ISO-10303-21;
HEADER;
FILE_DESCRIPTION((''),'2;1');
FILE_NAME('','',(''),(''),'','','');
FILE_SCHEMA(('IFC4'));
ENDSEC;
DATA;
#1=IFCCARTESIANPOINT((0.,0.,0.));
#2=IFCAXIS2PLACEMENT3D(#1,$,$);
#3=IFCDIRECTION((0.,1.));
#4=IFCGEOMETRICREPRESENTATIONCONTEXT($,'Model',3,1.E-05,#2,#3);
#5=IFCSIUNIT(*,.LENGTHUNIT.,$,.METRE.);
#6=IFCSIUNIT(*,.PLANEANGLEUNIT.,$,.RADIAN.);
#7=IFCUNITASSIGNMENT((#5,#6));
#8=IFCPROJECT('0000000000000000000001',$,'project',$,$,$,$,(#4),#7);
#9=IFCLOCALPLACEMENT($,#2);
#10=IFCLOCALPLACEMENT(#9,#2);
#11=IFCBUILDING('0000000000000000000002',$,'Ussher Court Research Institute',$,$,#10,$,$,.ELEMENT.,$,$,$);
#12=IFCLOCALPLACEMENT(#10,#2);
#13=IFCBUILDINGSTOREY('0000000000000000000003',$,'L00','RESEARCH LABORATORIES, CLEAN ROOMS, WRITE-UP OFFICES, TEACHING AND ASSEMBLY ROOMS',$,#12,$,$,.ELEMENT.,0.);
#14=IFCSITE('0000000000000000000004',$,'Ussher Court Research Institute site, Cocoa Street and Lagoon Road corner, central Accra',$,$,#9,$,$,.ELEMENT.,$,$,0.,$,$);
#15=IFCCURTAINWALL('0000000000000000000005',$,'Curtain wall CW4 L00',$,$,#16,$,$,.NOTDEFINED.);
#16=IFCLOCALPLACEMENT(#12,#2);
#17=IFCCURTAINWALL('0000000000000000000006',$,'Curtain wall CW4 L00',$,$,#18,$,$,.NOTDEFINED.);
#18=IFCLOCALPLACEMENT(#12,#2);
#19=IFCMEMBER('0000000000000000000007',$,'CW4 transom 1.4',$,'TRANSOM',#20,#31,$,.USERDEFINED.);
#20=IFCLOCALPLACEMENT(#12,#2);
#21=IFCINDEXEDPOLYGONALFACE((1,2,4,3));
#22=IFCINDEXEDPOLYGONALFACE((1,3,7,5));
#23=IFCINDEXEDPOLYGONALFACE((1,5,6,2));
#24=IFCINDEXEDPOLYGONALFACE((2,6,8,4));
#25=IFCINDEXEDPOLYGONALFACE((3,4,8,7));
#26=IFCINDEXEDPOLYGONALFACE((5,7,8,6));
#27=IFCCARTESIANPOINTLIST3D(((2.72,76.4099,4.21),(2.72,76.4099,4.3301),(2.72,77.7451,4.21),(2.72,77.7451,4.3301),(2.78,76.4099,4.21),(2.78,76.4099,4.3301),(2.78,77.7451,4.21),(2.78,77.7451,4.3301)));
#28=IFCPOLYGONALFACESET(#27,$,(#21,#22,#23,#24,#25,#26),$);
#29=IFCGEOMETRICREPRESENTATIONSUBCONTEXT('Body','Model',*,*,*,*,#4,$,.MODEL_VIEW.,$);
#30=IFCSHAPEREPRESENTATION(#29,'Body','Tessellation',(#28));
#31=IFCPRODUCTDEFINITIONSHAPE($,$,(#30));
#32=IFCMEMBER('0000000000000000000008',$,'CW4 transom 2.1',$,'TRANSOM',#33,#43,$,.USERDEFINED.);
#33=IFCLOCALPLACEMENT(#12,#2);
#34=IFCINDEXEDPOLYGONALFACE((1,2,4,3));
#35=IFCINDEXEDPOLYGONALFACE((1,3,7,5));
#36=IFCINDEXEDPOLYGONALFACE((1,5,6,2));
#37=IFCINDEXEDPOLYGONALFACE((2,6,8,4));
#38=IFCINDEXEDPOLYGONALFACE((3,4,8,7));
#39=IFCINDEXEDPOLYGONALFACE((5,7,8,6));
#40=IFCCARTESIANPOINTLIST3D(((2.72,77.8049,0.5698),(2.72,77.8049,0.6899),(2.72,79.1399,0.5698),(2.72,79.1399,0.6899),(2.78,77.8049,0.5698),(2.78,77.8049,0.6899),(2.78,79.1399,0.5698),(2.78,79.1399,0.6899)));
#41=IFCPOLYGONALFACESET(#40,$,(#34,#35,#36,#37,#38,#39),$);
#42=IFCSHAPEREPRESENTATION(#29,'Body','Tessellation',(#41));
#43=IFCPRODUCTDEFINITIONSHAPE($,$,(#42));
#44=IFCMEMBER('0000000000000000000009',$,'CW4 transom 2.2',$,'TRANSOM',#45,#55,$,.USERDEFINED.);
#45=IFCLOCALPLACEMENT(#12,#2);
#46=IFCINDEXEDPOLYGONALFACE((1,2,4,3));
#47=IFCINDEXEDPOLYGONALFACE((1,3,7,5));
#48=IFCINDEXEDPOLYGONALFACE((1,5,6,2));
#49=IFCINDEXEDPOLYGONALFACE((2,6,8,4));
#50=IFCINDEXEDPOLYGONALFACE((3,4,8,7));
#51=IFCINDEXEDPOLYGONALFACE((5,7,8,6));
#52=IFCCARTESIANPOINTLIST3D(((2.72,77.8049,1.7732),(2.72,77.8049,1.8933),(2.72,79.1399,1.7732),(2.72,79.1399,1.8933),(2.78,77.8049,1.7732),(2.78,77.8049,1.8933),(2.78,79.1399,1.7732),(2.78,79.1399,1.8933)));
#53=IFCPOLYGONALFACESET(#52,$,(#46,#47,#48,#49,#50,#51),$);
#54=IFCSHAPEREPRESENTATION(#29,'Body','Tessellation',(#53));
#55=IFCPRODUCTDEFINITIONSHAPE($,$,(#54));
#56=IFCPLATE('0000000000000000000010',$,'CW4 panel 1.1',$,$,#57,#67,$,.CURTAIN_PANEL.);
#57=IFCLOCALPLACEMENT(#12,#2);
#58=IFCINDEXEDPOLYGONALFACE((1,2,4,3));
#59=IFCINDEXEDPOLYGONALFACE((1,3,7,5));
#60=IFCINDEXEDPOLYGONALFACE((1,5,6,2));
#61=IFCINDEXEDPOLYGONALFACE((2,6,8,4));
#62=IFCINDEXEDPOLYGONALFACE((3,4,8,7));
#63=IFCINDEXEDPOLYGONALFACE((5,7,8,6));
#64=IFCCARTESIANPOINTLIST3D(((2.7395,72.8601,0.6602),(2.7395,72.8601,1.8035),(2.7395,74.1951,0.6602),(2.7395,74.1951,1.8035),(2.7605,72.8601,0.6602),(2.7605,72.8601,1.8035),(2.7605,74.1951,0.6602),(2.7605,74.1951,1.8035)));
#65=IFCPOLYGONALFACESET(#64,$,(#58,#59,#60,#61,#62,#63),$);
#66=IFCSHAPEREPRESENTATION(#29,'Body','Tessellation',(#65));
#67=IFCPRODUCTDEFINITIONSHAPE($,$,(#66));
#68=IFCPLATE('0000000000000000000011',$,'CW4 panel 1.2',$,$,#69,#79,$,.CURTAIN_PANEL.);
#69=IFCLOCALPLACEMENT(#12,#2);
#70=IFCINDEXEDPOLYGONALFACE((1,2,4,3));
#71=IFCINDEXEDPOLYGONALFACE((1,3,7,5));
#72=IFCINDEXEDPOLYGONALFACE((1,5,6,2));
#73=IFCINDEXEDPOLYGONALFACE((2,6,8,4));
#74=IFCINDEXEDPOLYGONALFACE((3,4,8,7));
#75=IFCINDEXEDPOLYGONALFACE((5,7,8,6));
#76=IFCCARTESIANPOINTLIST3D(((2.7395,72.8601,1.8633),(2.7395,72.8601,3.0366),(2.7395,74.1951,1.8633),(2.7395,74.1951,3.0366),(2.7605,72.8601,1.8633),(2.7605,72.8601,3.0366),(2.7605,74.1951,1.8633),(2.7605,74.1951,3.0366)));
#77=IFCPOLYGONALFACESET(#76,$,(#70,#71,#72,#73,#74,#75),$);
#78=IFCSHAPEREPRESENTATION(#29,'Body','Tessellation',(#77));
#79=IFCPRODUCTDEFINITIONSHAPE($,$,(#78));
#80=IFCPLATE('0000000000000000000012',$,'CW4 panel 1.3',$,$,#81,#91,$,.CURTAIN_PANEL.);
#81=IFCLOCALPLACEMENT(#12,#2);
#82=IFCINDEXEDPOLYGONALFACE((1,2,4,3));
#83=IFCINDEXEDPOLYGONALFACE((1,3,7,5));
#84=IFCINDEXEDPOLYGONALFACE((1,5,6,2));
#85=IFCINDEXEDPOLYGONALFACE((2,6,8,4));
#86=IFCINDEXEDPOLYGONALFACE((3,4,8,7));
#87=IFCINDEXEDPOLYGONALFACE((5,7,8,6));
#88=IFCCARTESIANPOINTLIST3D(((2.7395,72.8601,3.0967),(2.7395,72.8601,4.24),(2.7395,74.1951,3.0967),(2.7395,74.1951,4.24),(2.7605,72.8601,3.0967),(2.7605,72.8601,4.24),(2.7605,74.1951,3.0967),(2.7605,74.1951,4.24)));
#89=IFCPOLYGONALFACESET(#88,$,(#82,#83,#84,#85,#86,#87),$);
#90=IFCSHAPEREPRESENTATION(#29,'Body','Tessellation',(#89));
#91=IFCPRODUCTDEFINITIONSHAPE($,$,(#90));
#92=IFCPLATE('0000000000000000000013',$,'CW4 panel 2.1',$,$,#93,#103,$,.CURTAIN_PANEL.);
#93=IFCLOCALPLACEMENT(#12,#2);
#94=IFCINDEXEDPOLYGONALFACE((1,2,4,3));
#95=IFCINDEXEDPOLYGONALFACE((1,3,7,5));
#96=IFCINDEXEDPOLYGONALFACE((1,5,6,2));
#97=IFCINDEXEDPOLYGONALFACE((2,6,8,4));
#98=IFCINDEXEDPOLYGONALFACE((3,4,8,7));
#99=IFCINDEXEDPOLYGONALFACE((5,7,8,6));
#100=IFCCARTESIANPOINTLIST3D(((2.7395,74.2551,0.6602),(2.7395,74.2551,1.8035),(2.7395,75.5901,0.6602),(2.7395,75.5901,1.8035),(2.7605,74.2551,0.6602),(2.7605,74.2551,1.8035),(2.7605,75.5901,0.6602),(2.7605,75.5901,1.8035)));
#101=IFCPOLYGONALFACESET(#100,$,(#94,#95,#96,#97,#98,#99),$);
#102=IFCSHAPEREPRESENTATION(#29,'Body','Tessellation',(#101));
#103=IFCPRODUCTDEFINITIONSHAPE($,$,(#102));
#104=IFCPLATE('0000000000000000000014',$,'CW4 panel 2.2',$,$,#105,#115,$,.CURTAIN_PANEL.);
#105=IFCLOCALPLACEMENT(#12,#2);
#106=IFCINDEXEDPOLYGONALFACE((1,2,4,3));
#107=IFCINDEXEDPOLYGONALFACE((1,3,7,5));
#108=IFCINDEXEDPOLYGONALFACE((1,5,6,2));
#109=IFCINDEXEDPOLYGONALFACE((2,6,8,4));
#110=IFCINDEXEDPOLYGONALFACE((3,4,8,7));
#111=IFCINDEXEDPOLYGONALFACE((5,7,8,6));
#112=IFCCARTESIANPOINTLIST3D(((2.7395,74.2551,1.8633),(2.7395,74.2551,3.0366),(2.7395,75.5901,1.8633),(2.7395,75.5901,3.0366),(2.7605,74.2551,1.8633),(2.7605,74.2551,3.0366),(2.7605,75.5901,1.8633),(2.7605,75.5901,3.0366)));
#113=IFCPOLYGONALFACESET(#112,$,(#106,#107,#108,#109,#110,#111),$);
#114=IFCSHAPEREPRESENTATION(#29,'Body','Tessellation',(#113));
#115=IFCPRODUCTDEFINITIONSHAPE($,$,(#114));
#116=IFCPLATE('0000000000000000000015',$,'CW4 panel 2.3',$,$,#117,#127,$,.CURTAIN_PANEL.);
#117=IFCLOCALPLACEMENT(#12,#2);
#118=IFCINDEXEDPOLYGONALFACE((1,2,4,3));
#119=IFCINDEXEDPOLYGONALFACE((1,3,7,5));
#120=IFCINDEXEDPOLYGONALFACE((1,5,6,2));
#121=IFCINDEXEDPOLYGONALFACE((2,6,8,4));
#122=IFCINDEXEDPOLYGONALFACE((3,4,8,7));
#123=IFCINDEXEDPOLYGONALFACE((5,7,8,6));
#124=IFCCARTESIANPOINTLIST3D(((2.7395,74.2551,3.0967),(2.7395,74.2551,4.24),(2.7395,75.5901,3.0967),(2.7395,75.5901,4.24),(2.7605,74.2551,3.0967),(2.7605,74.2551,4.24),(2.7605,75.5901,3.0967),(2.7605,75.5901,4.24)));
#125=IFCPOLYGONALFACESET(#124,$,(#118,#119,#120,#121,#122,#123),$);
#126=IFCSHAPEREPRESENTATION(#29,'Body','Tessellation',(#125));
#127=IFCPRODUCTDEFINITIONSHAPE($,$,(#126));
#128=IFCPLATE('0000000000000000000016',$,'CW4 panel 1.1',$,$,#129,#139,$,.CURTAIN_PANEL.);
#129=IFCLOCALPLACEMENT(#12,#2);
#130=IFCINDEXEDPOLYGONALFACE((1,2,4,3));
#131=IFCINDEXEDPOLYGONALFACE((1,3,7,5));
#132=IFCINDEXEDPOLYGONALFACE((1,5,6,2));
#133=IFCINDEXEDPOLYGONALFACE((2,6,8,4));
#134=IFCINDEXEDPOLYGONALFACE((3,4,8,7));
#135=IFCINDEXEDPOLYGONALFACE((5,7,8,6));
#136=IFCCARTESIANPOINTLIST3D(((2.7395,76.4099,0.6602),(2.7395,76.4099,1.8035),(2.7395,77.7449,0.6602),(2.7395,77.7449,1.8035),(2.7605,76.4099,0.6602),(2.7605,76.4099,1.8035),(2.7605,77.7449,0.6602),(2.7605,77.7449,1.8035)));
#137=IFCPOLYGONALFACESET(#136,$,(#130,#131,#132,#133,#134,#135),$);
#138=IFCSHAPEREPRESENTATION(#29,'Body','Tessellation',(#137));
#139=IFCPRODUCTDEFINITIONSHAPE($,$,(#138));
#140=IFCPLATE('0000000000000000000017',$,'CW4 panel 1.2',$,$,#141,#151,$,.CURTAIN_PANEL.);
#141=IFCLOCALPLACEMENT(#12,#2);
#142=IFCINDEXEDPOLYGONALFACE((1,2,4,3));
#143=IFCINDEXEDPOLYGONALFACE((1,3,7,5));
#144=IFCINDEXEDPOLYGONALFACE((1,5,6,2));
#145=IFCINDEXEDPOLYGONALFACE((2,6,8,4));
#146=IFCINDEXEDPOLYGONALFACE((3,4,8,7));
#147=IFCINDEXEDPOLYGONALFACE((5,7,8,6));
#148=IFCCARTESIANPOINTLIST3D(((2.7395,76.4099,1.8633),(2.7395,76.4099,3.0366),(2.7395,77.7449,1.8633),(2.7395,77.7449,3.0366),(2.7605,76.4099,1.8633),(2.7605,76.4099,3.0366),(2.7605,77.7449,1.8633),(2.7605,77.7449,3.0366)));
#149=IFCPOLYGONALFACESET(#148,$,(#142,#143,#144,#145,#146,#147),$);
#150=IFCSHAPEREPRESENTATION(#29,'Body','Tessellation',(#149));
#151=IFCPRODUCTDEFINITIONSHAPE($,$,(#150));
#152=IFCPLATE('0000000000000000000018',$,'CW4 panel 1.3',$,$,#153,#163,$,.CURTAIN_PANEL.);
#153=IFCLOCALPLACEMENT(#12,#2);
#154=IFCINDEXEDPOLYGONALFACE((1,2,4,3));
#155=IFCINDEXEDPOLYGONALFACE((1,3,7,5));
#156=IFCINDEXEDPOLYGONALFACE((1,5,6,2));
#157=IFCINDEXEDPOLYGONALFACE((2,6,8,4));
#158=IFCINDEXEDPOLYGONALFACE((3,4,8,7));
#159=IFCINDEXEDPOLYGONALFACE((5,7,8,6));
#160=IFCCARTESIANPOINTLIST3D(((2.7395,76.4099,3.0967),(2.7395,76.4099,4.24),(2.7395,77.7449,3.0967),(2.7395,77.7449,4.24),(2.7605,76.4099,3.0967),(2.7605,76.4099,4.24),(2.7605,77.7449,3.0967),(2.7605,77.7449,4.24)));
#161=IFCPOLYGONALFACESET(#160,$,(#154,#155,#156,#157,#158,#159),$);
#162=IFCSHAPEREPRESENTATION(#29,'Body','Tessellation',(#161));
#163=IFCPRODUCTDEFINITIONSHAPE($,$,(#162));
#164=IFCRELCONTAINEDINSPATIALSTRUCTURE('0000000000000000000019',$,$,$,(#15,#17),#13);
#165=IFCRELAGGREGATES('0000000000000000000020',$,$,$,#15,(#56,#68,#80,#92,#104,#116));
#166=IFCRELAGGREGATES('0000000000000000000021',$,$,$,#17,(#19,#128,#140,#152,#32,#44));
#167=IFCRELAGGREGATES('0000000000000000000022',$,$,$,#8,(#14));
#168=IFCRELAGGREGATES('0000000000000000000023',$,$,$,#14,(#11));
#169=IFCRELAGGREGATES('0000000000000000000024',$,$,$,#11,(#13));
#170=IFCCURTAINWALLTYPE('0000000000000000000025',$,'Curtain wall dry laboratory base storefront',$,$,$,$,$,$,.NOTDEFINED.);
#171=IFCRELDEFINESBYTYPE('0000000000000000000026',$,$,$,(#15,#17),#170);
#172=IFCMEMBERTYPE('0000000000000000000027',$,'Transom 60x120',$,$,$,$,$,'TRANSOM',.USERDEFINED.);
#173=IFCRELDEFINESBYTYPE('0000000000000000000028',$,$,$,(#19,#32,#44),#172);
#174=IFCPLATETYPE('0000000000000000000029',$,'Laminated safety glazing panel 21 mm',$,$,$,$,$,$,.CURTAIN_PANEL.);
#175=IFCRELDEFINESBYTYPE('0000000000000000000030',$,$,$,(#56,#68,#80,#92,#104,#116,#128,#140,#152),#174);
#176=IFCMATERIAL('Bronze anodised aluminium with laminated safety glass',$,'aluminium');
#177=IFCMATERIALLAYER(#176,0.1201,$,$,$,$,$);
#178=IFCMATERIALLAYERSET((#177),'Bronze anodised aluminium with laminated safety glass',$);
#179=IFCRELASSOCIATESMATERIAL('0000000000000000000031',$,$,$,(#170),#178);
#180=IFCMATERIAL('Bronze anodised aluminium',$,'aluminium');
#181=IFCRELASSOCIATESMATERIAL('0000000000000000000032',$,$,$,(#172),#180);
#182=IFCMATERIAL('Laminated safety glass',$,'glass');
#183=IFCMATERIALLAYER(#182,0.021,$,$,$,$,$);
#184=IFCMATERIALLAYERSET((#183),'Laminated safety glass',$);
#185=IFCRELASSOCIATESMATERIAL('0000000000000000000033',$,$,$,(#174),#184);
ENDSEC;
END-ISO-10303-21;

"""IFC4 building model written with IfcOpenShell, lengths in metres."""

from ifc_helpers import new_model, si_unit, direction, frame, origin, origin_2d, place, context, subcontext, project, spatial, rectangle, extrude, material, layer, layer_set, material_profile, profile_set, type_object, element, aggregate, save


model = new_model("IFC4")

# Units and contexts
model_context = context("Model", 3, precision=1e-05, world=origin(), true_north=direction((0.0, 1.0)))
body_context = subcontext(model_context, "Body", "Model", "MODEL_VIEW")
ifc_project = project(units=[si_unit("LENGTHUNIT", "METRE"), si_unit("PLANEANGLEUNIT", "RADIAN")], contexts=[model_context])

# Site, building, storey
site_placement = place(None, origin())
site = spatial("IfcSite", under=ifc_project, at=site_placement, Name="Ussher Court Research Institute site, Cocoa Street and Lagoon Road corner, central Accra", CompositionType="ELEMENT", RefElevation=0.0)
building_placement = place(site_placement, origin())
building = spatial("IfcBuilding", under=site, at=building_placement, Name="Ussher Court Research Institute", CompositionType="ELEMENT")
storey_placement = place(building_placement, origin())
storey = spatial("IfcBuildingStorey", under=building, at=storey_placement, Name="L00", Description="RESEARCH LABORATORIES, CLEAN ROOMS, WRITE-UP OFFICES, TEACHING AND ASSEMBLY ROOMS", CompositionType="ELEMENT", Elevation=0.0)

# Curtain walls
ifc_material_1 = material(Name="Bronze anodised aluminium with laminated safety glass", Category="aluminium")
ifc_layer_1 = layer(ifc_material_1, 0.1201)
ifc_layer_set_1 = layer_set([ifc_layer_1], Name="Bronze anodised aluminium with laminated safety glass")
curtain_wall_type = type_object("IfcCurtainWallType", Name="Curtain wall dry laboratory base storefront", PredefinedType="NOTDEFINED", material=ifc_layer_set_1)
curtain_wall_1_placement = place(storey_placement, origin())
curtain_wall_1 = element("IfcCurtainWall", 1, at=curtain_wall_1_placement, inside=storey, type_object=curtain_wall_type, Name="Curtain wall CW4 L00", PredefinedType="NOTDEFINED")
curtain_wall_2_placement = place(storey_placement, origin())
curtain_wall_2 = element("IfcCurtainWall", 2, at=curtain_wall_2_placement, inside=storey, type_object=curtain_wall_type, Name="Curtain wall CW4 L00", PredefinedType="NOTDEFINED")

# Members
ifc_material_2 = material(Name="Bronze anodised aluminium", Category="aluminium")
ifc_material_profile_1 = material_profile(ifc_material_2, rectangle(XDim=0.0601, YDim=0.1201, at=origin_2d()), Name="Transom 60x120")
ifc_profile_set_1 = profile_set([ifc_material_profile_1], Name="Bronze anodised aluminium")
member_type_1 = type_object("IfcMemberType", Name="Transom 60x120", ElementType="TRANSOM", PredefinedType="USERDEFINED", material=ifc_profile_set_1)
member_1_placement = place(storey_placement, frame((2.75, 76.4099, 4.27), z_axis=(0.0, 1.0, 0.0), x_axis=(-1.0, 0.0, 0.0)))
member_1 = element("IfcMember", 3, at=member_1_placement, type_object=member_type_1, Name="CW4 transom 1.4", ObjectType="TRANSOM", PredefinedType="USERDEFINED", context=body_context, shape_type="SweptSolid", body=[
    extrude(rectangle(XDim=0.0601, YDim=0.1201, at=origin_2d()), origin(), (0.0, 0.0, 1.0), 1.3352),
])
member_2_placement = place(storey_placement, frame((2.75, 77.8049, 0.6299), z_axis=(0.0, 1.0, 0.0), x_axis=(-1.0, 0.0, 0.0)))
member_2 = element("IfcMember", 4, at=member_2_placement, type_object=member_type_1, Name="CW4 transom 2.1", ObjectType="TRANSOM", PredefinedType="USERDEFINED", context=body_context, shape_type="SweptSolid", body=[
    extrude(rectangle(XDim=0.0601, YDim=0.1201, at=origin_2d()), origin(), (0.0, 0.0, 1.0), 1.335),
])
member_3_placement = place(storey_placement, frame((2.75, 77.8049, 1.8333), z_axis=(0.0, 1.0, 0.0), x_axis=(-1.0, 0.0, 0.0)))
member_3 = element("IfcMember", 5, at=member_3_placement, type_object=member_type_1, Name="CW4 transom 2.2", ObjectType="TRANSOM", PredefinedType="USERDEFINED", context=body_context, shape_type="SweptSolid", body=[
    extrude(rectangle(XDim=0.0601, YDim=0.1201, at=origin_2d()), origin(), (0.0, 0.0, 1.0), 1.335),
])

# Plates
ifc_material_3 = material(Name="Laminated safety glass", Category="glass")
ifc_layer_2 = layer(ifc_material_3, 0.021)
ifc_layer_set_2 = layer_set([ifc_layer_2], Name="Laminated safety glass")
plate_type = type_object("IfcPlateType", Name="Laminated safety glazing panel 21 mm", PredefinedType="CURTAIN_PANEL", material=ifc_layer_set_2)
plate_1_placement = place(storey_placement, frame((2.75, 73.5276, 0.6602), z_axis=(0.0, 0.0, 1.0), x_axis=(0.0, 1.0, 0.0)))
plate_1 = element("IfcPlate", 6, at=plate_1_placement, type_object=plate_type, Name="CW4 panel 1.1", PredefinedType="CURTAIN_PANEL", context=body_context, shape_type="SweptSolid", body=[
    extrude(rectangle(XDim=1.335, YDim=0.021, at=origin_2d()), origin(), (0.0, 0.0, 1.0), 1.1433),
])
plate_2_placement = place(storey_placement, frame((2.75, 73.5276, 1.8633), z_axis=(0.0, 0.0, 1.0), x_axis=(0.0, 1.0, 0.0)))
plate_2 = element("IfcPlate", 7, at=plate_2_placement, type_object=plate_type, Name="CW4 panel 1.2", PredefinedType="CURTAIN_PANEL", context=body_context, shape_type="SweptSolid", body=[
    extrude(rectangle(XDim=1.335, YDim=0.021, at=origin_2d()), origin(), (0.0, 0.0, 1.0), 1.1733),
])
plate_3_placement = place(storey_placement, frame((2.75, 73.5276, 3.0967), z_axis=(0.0, 0.0, 1.0), x_axis=(0.0, 1.0, 0.0)))
plate_3 = element("IfcPlate", 8, at=plate_3_placement, type_object=plate_type, Name="CW4 panel 1.3", PredefinedType="CURTAIN_PANEL", context=body_context, shape_type="SweptSolid", body=[
    extrude(rectangle(XDim=1.335, YDim=0.021, at=origin_2d()), origin(), (0.0, 0.0, 1.0), 1.1433),
])
plate_4_placement = place(storey_placement, frame((2.75, 74.9226, 0.6602), z_axis=(0.0, 0.0, 1.0), x_axis=(0.0, 1.0, 0.0)))
plate_4 = element("IfcPlate", 9, at=plate_4_placement, type_object=plate_type, Name="CW4 panel 2.1", PredefinedType="CURTAIN_PANEL", context=body_context, shape_type="SweptSolid", body=[
    extrude(rectangle(XDim=1.335, YDim=0.021, at=origin_2d()), origin(), (0.0, 0.0, 1.0), 1.1433),
])
plate_5_placement = place(storey_placement, frame((2.75, 74.9226, 1.8633), z_axis=(0.0, 0.0, 1.0), x_axis=(0.0, 1.0, 0.0)))
plate_5 = element("IfcPlate", 10, at=plate_5_placement, type_object=plate_type, Name="CW4 panel 2.2", PredefinedType="CURTAIN_PANEL", context=body_context, shape_type="SweptSolid", body=[
    extrude(rectangle(XDim=1.335, YDim=0.021, at=origin_2d()), origin(), (0.0, 0.0, 1.0), 1.1733),
])
plate_6_placement = place(storey_placement, frame((2.75, 74.9226, 3.0967), z_axis=(0.0, 0.0, 1.0), x_axis=(0.0, 1.0, 0.0)))
plate_6 = element("IfcPlate", 11, at=plate_6_placement, type_object=plate_type, Name="CW4 panel 2.3", PredefinedType="CURTAIN_PANEL", context=body_context, shape_type="SweptSolid", body=[
    extrude(rectangle(XDim=1.335, YDim=0.021, at=origin_2d()), origin(), (0.0, 0.0, 1.0), 1.1433),
])
aggregate(curtain_wall_1, [plate_1, plate_2, plate_3, plate_4, plate_5, plate_6])
plate_7_placement = place(storey_placement, frame((2.75, 77.0774, 0.6602), z_axis=(0.0, 0.0, 1.0), x_axis=(0.0, 1.0, 0.0)))
plate_7 = element("IfcPlate", 12, at=plate_7_placement, type_object=plate_type, Name="CW4 panel 1.1", PredefinedType="CURTAIN_PANEL", context=body_context, shape_type="SweptSolid", body=[
    extrude(rectangle(XDim=1.335, YDim=0.021, at=origin_2d()), origin(), (0.0, 0.0, 1.0), 1.1433),
])
plate_8_placement = place(storey_placement, frame((2.75, 77.0774, 1.8633), z_axis=(0.0, 0.0, 1.0), x_axis=(0.0, 1.0, 0.0)))
plate_8 = element("IfcPlate", 13, at=plate_8_placement, type_object=plate_type, Name="CW4 panel 1.2", PredefinedType="CURTAIN_PANEL", context=body_context, shape_type="SweptSolid", body=[
    extrude(rectangle(XDim=1.335, YDim=0.021, at=origin_2d()), origin(), (0.0, 0.0, 1.0), 1.1733),
])
plate_9_placement = place(storey_placement, frame((2.75, 77.0774, 3.0967), z_axis=(0.0, 0.0, 1.0), x_axis=(0.0, 1.0, 0.0)))
plate_9 = element("IfcPlate", 14, at=plate_9_placement, type_object=plate_type, Name="CW4 panel 1.3", PredefinedType="CURTAIN_PANEL", context=body_context, shape_type="SweptSolid", body=[
    extrude(rectangle(XDim=1.335, YDim=0.021, at=origin_2d()), origin(), (0.0, 0.0, 1.0), 1.1433),
])
aggregate(curtain_wall_2, [member_1, plate_7, plate_8, plate_9, member_2, member_3])

save(model, "model.ifc")
